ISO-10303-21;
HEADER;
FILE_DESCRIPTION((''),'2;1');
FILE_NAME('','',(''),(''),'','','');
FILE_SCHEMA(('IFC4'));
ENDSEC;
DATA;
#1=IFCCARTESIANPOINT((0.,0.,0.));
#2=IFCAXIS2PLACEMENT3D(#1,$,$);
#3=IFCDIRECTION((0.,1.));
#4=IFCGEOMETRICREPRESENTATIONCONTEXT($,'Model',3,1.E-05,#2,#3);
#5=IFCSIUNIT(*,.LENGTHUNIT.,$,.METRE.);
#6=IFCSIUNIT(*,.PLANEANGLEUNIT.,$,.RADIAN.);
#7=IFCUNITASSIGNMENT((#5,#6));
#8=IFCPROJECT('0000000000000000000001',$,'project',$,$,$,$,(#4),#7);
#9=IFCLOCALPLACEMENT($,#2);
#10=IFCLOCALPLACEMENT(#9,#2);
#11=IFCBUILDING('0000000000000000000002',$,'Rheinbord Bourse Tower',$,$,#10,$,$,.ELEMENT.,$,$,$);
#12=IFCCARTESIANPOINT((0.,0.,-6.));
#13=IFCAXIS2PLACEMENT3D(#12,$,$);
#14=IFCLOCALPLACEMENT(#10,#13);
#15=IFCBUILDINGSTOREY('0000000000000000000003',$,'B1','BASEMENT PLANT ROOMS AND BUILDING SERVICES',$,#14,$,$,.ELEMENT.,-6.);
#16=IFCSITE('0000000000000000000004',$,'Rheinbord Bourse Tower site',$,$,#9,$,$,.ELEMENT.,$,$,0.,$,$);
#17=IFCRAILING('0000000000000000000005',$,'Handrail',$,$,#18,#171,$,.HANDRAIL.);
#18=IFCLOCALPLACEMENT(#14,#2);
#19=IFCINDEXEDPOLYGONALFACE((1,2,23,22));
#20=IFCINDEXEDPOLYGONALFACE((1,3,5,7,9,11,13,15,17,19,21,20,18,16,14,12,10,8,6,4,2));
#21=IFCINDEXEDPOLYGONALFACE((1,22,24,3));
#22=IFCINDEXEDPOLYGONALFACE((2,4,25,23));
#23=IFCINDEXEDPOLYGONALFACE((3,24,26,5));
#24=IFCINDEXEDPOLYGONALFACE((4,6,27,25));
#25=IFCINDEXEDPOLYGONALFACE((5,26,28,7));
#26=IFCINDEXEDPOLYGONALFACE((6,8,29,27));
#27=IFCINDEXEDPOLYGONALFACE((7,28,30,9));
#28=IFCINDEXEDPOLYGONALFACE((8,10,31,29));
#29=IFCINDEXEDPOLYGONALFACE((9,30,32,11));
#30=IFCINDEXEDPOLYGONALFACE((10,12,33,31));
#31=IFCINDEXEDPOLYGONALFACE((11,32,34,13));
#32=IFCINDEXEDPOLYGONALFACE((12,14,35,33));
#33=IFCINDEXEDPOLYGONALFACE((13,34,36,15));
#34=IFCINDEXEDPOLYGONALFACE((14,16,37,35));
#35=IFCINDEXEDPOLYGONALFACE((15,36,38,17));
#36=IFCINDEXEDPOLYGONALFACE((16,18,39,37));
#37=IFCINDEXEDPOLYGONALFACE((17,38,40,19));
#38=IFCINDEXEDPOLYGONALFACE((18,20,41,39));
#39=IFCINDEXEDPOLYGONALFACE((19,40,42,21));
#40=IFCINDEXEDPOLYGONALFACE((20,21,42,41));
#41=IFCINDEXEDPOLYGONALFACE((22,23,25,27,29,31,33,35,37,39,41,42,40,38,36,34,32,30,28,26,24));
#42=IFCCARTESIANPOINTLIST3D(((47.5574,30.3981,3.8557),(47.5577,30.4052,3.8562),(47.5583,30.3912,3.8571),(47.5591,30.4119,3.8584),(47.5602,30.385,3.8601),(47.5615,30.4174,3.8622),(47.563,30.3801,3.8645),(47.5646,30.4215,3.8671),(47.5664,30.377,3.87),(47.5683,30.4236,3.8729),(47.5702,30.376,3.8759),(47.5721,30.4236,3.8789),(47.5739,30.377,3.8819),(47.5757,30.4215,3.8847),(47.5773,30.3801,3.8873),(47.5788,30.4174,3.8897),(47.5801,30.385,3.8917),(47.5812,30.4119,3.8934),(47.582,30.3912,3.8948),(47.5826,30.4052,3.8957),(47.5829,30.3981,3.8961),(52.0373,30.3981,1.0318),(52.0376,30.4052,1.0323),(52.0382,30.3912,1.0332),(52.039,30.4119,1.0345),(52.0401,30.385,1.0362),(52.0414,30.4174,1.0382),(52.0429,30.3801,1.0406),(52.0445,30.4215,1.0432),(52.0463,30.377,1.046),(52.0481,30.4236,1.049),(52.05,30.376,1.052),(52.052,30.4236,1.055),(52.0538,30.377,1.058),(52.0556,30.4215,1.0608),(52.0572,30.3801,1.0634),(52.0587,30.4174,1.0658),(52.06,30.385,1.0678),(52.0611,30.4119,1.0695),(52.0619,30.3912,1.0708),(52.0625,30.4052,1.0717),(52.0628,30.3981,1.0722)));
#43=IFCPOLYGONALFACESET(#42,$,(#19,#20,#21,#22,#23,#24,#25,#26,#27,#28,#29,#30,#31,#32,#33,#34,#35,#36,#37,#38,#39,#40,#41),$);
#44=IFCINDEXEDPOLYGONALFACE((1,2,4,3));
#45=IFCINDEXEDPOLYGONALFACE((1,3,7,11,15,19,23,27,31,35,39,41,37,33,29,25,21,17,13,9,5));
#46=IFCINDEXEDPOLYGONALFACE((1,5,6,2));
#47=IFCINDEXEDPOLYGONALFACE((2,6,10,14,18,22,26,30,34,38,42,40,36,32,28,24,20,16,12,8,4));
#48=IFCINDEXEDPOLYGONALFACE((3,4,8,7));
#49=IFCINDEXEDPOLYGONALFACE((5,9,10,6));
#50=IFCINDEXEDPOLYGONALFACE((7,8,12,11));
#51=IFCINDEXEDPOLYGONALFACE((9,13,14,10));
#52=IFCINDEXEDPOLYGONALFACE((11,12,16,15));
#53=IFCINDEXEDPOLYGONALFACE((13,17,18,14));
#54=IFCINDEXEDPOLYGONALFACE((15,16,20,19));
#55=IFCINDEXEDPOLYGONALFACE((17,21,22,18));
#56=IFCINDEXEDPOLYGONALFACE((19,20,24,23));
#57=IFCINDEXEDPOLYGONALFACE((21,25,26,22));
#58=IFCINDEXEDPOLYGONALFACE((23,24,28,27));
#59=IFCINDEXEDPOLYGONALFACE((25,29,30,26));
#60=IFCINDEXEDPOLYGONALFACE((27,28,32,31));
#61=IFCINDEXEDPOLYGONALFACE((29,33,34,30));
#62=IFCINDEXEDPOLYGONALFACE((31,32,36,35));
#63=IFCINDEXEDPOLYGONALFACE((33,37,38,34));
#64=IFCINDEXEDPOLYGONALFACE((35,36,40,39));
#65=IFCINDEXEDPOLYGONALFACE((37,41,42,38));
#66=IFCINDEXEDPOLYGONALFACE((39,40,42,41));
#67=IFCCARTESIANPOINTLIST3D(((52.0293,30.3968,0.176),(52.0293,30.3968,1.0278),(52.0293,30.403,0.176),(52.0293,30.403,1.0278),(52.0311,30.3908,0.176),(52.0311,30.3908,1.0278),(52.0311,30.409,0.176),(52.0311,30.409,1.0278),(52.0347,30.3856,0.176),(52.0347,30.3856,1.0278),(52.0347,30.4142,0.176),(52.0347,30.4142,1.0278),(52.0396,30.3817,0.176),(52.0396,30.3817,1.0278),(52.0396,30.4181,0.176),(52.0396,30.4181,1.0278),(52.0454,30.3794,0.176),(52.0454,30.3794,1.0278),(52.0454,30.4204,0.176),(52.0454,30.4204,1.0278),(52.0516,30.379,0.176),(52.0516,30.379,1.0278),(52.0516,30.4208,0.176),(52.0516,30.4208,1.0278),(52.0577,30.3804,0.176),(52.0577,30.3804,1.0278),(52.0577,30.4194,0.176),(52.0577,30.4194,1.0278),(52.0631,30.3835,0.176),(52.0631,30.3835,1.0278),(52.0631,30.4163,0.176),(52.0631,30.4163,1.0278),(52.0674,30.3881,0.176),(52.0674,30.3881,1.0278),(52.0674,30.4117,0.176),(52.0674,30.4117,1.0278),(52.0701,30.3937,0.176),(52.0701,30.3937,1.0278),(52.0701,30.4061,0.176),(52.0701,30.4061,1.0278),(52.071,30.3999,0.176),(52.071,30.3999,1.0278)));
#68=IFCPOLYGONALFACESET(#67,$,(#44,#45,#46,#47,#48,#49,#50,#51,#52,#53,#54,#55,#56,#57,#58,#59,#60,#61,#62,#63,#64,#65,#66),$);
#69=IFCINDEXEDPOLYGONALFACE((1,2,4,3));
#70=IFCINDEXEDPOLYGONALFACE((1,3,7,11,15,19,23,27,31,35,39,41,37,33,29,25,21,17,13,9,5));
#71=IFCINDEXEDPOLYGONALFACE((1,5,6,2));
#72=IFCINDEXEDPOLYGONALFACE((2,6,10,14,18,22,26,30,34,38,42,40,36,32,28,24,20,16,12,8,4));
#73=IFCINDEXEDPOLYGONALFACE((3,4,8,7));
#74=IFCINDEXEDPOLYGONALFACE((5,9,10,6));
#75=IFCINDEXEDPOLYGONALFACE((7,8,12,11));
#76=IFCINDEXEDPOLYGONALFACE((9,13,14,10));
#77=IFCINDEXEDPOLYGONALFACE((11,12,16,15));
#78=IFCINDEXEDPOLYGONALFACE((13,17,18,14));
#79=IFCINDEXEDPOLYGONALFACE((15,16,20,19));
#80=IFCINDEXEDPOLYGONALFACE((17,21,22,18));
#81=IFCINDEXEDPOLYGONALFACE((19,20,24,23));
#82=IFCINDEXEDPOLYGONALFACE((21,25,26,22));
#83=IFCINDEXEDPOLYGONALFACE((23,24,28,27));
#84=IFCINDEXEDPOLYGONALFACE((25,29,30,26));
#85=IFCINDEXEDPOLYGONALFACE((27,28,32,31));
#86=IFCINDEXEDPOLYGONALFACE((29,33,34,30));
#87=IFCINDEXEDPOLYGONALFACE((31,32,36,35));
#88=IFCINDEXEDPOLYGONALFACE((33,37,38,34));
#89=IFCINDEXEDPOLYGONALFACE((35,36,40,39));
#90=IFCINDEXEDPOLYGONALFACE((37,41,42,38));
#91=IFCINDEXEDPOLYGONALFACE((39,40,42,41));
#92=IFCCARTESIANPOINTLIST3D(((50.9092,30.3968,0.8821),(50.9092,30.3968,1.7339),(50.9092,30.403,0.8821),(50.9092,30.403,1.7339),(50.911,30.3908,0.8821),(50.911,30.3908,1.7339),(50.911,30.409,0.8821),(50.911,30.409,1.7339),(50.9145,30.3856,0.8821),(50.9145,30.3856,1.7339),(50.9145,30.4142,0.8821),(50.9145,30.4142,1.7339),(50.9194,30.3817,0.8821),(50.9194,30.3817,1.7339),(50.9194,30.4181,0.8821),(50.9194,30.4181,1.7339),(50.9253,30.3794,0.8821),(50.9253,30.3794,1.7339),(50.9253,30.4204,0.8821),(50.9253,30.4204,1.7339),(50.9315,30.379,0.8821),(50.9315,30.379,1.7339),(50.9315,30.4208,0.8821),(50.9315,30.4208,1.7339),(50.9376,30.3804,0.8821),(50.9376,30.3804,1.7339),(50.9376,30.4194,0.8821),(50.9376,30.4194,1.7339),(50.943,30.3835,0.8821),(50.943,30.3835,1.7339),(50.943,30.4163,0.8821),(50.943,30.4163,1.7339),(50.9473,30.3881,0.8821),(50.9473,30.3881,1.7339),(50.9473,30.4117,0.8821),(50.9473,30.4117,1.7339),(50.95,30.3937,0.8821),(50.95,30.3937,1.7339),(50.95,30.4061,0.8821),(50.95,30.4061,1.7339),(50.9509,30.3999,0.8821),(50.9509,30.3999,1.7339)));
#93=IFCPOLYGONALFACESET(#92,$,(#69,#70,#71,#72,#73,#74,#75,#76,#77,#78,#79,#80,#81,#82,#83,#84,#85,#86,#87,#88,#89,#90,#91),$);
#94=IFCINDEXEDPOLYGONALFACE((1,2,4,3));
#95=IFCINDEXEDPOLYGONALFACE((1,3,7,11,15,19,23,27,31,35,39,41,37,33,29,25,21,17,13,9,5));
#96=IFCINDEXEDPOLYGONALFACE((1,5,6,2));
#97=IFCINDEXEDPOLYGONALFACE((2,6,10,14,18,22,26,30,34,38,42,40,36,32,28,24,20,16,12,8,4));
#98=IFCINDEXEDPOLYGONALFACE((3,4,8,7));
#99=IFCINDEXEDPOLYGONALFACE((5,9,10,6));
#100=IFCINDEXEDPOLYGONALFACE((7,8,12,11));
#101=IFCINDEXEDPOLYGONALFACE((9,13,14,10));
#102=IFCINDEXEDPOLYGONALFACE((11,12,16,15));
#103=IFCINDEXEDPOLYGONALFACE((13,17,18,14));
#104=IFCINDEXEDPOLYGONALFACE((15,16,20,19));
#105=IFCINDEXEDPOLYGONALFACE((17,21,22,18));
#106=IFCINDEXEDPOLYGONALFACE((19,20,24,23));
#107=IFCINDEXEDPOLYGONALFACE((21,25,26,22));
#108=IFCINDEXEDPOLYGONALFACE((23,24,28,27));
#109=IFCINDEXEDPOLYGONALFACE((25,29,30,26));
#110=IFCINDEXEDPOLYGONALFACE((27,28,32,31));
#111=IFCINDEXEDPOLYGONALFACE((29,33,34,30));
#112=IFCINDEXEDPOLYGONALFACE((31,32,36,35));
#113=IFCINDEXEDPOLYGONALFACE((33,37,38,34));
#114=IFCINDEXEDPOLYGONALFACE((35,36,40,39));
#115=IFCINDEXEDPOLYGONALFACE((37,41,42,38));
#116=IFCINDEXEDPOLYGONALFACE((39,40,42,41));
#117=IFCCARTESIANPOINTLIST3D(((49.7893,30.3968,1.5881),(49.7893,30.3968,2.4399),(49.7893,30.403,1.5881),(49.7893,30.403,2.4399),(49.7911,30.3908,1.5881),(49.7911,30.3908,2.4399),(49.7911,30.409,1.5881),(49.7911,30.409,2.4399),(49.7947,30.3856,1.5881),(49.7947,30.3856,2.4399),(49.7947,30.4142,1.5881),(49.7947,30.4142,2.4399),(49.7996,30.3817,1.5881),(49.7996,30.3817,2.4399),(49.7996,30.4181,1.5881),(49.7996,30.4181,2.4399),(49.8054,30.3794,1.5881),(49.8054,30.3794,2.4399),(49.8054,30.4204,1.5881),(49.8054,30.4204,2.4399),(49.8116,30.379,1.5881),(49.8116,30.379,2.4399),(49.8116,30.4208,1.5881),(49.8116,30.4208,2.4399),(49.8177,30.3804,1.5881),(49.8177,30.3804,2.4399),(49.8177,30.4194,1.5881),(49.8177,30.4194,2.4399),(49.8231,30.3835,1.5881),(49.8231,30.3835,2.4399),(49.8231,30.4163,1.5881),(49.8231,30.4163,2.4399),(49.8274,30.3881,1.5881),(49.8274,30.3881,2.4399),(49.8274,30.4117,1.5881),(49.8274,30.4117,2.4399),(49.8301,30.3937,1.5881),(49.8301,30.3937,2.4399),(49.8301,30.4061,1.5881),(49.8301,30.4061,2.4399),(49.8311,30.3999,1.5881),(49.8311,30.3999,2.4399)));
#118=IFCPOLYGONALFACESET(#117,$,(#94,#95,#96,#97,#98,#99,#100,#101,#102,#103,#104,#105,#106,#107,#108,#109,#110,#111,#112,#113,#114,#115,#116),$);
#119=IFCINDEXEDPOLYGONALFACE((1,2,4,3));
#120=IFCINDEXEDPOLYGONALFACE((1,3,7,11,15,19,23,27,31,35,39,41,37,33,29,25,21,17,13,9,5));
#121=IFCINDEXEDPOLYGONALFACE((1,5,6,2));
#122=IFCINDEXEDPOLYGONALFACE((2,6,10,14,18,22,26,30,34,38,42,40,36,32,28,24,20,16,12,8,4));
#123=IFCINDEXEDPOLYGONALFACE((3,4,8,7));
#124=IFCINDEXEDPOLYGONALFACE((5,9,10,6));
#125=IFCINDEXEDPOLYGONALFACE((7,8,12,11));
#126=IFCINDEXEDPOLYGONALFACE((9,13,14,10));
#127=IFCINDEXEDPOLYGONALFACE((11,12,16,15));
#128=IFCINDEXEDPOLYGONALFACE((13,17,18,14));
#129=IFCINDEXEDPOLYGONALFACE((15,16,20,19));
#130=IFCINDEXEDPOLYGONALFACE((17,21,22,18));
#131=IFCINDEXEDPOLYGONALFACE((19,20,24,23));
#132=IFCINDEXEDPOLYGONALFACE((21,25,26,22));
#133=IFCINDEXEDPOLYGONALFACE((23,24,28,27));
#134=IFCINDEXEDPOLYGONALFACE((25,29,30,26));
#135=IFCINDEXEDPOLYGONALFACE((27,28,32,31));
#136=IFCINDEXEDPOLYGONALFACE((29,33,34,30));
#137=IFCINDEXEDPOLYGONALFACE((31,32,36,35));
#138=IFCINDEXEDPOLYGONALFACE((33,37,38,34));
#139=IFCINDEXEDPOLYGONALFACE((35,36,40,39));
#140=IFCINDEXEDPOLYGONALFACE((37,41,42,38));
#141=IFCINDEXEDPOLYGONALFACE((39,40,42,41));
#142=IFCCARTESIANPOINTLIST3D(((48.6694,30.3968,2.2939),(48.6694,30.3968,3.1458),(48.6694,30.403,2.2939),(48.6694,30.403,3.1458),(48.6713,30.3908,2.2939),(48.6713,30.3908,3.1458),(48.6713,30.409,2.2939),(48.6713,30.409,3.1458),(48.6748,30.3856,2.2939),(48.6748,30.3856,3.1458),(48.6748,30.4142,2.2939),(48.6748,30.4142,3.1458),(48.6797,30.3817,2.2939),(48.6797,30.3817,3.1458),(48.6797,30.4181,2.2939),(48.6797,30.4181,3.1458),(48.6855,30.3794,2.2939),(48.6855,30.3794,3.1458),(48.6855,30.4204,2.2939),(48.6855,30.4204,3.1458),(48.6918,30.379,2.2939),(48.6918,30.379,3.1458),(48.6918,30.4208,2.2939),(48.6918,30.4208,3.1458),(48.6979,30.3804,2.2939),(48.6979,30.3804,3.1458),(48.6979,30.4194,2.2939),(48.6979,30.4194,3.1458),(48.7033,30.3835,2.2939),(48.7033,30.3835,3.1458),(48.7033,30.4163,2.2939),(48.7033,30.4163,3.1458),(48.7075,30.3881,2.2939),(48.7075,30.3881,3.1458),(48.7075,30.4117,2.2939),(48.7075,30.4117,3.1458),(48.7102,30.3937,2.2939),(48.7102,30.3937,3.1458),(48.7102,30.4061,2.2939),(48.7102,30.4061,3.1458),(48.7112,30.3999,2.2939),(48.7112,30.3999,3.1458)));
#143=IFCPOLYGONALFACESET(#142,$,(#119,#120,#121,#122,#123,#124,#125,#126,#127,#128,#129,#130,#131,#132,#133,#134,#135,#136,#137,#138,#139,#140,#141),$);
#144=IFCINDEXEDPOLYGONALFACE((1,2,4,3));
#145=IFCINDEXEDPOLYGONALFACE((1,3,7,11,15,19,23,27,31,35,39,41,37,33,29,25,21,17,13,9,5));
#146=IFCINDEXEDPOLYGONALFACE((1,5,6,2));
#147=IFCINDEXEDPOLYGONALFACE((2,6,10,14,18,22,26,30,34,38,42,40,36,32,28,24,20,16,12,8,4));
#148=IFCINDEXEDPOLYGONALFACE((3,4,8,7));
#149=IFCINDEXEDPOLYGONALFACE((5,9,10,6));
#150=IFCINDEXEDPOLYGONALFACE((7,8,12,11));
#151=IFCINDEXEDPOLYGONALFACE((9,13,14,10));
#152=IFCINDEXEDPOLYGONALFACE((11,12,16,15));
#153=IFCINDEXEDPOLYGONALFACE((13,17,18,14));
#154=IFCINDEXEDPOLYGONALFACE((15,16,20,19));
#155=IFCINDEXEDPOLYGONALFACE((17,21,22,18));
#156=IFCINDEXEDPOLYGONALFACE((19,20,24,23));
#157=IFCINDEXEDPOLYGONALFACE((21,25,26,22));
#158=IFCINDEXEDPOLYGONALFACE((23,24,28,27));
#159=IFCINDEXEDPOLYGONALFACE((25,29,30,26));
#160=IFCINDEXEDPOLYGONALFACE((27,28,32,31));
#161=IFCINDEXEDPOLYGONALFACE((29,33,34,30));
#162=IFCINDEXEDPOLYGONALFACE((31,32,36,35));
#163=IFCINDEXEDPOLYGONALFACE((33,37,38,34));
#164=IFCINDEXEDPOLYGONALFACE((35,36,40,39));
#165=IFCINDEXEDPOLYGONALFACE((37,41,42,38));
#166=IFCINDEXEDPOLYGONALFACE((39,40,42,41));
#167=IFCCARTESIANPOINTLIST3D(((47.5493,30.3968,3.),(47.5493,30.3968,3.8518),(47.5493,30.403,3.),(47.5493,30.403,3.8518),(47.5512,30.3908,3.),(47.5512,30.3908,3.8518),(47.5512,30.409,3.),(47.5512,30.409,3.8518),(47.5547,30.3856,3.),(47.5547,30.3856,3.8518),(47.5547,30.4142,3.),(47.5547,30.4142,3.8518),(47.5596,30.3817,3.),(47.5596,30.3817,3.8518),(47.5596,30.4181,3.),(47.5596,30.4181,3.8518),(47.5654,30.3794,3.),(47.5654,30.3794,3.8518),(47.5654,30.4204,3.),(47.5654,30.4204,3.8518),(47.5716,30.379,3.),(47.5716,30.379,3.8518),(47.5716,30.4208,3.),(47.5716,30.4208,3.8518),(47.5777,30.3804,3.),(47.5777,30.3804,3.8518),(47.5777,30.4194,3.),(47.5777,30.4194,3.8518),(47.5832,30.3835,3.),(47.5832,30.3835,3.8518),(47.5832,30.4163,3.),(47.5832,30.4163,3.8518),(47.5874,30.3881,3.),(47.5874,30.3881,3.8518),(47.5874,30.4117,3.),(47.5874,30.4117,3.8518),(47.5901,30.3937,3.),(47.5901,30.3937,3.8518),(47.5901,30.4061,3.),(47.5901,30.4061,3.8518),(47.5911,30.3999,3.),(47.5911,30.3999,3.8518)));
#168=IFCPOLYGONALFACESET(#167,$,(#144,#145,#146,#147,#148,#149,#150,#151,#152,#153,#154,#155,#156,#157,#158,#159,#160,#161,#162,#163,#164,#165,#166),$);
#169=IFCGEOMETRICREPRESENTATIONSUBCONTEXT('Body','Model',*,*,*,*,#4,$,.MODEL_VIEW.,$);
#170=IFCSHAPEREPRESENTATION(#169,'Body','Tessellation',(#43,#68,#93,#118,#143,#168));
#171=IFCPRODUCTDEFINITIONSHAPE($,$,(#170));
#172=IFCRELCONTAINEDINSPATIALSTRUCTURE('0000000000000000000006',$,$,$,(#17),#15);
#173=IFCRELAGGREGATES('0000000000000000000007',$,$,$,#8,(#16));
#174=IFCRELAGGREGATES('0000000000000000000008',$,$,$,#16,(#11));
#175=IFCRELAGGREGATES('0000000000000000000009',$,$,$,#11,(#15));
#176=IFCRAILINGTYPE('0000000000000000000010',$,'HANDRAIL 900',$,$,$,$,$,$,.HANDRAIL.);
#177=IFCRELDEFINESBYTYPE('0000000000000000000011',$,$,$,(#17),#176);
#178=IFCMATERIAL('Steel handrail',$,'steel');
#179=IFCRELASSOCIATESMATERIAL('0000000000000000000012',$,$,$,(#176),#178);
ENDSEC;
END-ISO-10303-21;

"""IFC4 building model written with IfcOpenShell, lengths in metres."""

from ifc_helpers import new_model, si_unit, direction, frame, origin, origin_2d, place, context, subcontext, project, spatial, circle, extrude, material, type_object, element, save


model = new_model("IFC4")

# Units and contexts
model_context = context("Model", 3, precision=1e-05, world=origin(), true_north=direction((0.0, 1.0)))
body_context = subcontext(model_context, "Body", "Model", "MODEL_VIEW")
ifc_project = project(units=[si_unit("LENGTHUNIT", "METRE"), si_unit("PLANEANGLEUNIT", "RADIAN")], contexts=[model_context])

# Site, building, storey
site_placement = place(None, origin())
site = spatial("IfcSite", under=ifc_project, at=site_placement, Name="Rheinbord Bourse Tower site", CompositionType="ELEMENT", RefElevation=0.0)
building_placement = place(site_placement, origin())
building = spatial("IfcBuilding", under=site, at=building_placement, Name="Rheinbord Bourse Tower", CompositionType="ELEMENT")
storey_placement = place(building_placement, frame((0.0, 0.0, -6.0)))
storey = spatial("IfcBuildingStorey", under=building, at=storey_placement, Name="B1", Description="BASEMENT PLANT ROOMS AND BUILDING SERVICES", CompositionType="ELEMENT", Elevation=-6.0)

# Railing
ifc_material_1 = material(Name="Steel handrail", Category="steel")
railing_type = type_object("IfcRailingType", Name="HANDRAIL 900", PredefinedType="HANDRAIL", material=ifc_material_1)
for number, where, name in (
    (1, (52.05, 30.3999, 0.176), "Handrail"),
):
    element("IfcRailing", number, at=place(storey_placement, frame(where)), inside=storey, type_object=railing_type, Name=name, PredefinedType="HANDRAIL", context=body_context, shape_type="SweptSolid", body=[
        extrude(circle(Radius=0.0239, at=origin_2d()), frame((0.0, 0.0, 0.876), z_axis=(-0.845956, 0.0, 0.533252), x_axis=(0.0, -1.0, 0.0)), (0.0, 0.0, 1.0), 5.2957),
        extrude(circle(Radius=0.021, at=origin_2d()), origin(), (0.0, 0.0, 1.0), 0.8518),
        extrude(circle(Radius=0.021, at=origin_2d()), frame((-1.1201, 0.0, 0.7061)), (0.0, 0.0, 1.0), 0.8518),
        extrude(circle(Radius=0.021, at=origin_2d()), frame((-2.24, 0.0, 1.4121)), (0.0, 0.0, 1.0), 0.8518),
        extrude(circle(Radius=0.021, at=origin_2d()), frame((-3.3599, 0.0, 2.1179)), (0.0, 0.0, 1.0), 0.8518),
        extrude(circle(Radius=0.021, at=origin_2d()), frame((-4.48, 0.0, 2.824)), (0.0, 0.0, 1.0), 0.8518),
    ])

save(model, "model.ifc")
